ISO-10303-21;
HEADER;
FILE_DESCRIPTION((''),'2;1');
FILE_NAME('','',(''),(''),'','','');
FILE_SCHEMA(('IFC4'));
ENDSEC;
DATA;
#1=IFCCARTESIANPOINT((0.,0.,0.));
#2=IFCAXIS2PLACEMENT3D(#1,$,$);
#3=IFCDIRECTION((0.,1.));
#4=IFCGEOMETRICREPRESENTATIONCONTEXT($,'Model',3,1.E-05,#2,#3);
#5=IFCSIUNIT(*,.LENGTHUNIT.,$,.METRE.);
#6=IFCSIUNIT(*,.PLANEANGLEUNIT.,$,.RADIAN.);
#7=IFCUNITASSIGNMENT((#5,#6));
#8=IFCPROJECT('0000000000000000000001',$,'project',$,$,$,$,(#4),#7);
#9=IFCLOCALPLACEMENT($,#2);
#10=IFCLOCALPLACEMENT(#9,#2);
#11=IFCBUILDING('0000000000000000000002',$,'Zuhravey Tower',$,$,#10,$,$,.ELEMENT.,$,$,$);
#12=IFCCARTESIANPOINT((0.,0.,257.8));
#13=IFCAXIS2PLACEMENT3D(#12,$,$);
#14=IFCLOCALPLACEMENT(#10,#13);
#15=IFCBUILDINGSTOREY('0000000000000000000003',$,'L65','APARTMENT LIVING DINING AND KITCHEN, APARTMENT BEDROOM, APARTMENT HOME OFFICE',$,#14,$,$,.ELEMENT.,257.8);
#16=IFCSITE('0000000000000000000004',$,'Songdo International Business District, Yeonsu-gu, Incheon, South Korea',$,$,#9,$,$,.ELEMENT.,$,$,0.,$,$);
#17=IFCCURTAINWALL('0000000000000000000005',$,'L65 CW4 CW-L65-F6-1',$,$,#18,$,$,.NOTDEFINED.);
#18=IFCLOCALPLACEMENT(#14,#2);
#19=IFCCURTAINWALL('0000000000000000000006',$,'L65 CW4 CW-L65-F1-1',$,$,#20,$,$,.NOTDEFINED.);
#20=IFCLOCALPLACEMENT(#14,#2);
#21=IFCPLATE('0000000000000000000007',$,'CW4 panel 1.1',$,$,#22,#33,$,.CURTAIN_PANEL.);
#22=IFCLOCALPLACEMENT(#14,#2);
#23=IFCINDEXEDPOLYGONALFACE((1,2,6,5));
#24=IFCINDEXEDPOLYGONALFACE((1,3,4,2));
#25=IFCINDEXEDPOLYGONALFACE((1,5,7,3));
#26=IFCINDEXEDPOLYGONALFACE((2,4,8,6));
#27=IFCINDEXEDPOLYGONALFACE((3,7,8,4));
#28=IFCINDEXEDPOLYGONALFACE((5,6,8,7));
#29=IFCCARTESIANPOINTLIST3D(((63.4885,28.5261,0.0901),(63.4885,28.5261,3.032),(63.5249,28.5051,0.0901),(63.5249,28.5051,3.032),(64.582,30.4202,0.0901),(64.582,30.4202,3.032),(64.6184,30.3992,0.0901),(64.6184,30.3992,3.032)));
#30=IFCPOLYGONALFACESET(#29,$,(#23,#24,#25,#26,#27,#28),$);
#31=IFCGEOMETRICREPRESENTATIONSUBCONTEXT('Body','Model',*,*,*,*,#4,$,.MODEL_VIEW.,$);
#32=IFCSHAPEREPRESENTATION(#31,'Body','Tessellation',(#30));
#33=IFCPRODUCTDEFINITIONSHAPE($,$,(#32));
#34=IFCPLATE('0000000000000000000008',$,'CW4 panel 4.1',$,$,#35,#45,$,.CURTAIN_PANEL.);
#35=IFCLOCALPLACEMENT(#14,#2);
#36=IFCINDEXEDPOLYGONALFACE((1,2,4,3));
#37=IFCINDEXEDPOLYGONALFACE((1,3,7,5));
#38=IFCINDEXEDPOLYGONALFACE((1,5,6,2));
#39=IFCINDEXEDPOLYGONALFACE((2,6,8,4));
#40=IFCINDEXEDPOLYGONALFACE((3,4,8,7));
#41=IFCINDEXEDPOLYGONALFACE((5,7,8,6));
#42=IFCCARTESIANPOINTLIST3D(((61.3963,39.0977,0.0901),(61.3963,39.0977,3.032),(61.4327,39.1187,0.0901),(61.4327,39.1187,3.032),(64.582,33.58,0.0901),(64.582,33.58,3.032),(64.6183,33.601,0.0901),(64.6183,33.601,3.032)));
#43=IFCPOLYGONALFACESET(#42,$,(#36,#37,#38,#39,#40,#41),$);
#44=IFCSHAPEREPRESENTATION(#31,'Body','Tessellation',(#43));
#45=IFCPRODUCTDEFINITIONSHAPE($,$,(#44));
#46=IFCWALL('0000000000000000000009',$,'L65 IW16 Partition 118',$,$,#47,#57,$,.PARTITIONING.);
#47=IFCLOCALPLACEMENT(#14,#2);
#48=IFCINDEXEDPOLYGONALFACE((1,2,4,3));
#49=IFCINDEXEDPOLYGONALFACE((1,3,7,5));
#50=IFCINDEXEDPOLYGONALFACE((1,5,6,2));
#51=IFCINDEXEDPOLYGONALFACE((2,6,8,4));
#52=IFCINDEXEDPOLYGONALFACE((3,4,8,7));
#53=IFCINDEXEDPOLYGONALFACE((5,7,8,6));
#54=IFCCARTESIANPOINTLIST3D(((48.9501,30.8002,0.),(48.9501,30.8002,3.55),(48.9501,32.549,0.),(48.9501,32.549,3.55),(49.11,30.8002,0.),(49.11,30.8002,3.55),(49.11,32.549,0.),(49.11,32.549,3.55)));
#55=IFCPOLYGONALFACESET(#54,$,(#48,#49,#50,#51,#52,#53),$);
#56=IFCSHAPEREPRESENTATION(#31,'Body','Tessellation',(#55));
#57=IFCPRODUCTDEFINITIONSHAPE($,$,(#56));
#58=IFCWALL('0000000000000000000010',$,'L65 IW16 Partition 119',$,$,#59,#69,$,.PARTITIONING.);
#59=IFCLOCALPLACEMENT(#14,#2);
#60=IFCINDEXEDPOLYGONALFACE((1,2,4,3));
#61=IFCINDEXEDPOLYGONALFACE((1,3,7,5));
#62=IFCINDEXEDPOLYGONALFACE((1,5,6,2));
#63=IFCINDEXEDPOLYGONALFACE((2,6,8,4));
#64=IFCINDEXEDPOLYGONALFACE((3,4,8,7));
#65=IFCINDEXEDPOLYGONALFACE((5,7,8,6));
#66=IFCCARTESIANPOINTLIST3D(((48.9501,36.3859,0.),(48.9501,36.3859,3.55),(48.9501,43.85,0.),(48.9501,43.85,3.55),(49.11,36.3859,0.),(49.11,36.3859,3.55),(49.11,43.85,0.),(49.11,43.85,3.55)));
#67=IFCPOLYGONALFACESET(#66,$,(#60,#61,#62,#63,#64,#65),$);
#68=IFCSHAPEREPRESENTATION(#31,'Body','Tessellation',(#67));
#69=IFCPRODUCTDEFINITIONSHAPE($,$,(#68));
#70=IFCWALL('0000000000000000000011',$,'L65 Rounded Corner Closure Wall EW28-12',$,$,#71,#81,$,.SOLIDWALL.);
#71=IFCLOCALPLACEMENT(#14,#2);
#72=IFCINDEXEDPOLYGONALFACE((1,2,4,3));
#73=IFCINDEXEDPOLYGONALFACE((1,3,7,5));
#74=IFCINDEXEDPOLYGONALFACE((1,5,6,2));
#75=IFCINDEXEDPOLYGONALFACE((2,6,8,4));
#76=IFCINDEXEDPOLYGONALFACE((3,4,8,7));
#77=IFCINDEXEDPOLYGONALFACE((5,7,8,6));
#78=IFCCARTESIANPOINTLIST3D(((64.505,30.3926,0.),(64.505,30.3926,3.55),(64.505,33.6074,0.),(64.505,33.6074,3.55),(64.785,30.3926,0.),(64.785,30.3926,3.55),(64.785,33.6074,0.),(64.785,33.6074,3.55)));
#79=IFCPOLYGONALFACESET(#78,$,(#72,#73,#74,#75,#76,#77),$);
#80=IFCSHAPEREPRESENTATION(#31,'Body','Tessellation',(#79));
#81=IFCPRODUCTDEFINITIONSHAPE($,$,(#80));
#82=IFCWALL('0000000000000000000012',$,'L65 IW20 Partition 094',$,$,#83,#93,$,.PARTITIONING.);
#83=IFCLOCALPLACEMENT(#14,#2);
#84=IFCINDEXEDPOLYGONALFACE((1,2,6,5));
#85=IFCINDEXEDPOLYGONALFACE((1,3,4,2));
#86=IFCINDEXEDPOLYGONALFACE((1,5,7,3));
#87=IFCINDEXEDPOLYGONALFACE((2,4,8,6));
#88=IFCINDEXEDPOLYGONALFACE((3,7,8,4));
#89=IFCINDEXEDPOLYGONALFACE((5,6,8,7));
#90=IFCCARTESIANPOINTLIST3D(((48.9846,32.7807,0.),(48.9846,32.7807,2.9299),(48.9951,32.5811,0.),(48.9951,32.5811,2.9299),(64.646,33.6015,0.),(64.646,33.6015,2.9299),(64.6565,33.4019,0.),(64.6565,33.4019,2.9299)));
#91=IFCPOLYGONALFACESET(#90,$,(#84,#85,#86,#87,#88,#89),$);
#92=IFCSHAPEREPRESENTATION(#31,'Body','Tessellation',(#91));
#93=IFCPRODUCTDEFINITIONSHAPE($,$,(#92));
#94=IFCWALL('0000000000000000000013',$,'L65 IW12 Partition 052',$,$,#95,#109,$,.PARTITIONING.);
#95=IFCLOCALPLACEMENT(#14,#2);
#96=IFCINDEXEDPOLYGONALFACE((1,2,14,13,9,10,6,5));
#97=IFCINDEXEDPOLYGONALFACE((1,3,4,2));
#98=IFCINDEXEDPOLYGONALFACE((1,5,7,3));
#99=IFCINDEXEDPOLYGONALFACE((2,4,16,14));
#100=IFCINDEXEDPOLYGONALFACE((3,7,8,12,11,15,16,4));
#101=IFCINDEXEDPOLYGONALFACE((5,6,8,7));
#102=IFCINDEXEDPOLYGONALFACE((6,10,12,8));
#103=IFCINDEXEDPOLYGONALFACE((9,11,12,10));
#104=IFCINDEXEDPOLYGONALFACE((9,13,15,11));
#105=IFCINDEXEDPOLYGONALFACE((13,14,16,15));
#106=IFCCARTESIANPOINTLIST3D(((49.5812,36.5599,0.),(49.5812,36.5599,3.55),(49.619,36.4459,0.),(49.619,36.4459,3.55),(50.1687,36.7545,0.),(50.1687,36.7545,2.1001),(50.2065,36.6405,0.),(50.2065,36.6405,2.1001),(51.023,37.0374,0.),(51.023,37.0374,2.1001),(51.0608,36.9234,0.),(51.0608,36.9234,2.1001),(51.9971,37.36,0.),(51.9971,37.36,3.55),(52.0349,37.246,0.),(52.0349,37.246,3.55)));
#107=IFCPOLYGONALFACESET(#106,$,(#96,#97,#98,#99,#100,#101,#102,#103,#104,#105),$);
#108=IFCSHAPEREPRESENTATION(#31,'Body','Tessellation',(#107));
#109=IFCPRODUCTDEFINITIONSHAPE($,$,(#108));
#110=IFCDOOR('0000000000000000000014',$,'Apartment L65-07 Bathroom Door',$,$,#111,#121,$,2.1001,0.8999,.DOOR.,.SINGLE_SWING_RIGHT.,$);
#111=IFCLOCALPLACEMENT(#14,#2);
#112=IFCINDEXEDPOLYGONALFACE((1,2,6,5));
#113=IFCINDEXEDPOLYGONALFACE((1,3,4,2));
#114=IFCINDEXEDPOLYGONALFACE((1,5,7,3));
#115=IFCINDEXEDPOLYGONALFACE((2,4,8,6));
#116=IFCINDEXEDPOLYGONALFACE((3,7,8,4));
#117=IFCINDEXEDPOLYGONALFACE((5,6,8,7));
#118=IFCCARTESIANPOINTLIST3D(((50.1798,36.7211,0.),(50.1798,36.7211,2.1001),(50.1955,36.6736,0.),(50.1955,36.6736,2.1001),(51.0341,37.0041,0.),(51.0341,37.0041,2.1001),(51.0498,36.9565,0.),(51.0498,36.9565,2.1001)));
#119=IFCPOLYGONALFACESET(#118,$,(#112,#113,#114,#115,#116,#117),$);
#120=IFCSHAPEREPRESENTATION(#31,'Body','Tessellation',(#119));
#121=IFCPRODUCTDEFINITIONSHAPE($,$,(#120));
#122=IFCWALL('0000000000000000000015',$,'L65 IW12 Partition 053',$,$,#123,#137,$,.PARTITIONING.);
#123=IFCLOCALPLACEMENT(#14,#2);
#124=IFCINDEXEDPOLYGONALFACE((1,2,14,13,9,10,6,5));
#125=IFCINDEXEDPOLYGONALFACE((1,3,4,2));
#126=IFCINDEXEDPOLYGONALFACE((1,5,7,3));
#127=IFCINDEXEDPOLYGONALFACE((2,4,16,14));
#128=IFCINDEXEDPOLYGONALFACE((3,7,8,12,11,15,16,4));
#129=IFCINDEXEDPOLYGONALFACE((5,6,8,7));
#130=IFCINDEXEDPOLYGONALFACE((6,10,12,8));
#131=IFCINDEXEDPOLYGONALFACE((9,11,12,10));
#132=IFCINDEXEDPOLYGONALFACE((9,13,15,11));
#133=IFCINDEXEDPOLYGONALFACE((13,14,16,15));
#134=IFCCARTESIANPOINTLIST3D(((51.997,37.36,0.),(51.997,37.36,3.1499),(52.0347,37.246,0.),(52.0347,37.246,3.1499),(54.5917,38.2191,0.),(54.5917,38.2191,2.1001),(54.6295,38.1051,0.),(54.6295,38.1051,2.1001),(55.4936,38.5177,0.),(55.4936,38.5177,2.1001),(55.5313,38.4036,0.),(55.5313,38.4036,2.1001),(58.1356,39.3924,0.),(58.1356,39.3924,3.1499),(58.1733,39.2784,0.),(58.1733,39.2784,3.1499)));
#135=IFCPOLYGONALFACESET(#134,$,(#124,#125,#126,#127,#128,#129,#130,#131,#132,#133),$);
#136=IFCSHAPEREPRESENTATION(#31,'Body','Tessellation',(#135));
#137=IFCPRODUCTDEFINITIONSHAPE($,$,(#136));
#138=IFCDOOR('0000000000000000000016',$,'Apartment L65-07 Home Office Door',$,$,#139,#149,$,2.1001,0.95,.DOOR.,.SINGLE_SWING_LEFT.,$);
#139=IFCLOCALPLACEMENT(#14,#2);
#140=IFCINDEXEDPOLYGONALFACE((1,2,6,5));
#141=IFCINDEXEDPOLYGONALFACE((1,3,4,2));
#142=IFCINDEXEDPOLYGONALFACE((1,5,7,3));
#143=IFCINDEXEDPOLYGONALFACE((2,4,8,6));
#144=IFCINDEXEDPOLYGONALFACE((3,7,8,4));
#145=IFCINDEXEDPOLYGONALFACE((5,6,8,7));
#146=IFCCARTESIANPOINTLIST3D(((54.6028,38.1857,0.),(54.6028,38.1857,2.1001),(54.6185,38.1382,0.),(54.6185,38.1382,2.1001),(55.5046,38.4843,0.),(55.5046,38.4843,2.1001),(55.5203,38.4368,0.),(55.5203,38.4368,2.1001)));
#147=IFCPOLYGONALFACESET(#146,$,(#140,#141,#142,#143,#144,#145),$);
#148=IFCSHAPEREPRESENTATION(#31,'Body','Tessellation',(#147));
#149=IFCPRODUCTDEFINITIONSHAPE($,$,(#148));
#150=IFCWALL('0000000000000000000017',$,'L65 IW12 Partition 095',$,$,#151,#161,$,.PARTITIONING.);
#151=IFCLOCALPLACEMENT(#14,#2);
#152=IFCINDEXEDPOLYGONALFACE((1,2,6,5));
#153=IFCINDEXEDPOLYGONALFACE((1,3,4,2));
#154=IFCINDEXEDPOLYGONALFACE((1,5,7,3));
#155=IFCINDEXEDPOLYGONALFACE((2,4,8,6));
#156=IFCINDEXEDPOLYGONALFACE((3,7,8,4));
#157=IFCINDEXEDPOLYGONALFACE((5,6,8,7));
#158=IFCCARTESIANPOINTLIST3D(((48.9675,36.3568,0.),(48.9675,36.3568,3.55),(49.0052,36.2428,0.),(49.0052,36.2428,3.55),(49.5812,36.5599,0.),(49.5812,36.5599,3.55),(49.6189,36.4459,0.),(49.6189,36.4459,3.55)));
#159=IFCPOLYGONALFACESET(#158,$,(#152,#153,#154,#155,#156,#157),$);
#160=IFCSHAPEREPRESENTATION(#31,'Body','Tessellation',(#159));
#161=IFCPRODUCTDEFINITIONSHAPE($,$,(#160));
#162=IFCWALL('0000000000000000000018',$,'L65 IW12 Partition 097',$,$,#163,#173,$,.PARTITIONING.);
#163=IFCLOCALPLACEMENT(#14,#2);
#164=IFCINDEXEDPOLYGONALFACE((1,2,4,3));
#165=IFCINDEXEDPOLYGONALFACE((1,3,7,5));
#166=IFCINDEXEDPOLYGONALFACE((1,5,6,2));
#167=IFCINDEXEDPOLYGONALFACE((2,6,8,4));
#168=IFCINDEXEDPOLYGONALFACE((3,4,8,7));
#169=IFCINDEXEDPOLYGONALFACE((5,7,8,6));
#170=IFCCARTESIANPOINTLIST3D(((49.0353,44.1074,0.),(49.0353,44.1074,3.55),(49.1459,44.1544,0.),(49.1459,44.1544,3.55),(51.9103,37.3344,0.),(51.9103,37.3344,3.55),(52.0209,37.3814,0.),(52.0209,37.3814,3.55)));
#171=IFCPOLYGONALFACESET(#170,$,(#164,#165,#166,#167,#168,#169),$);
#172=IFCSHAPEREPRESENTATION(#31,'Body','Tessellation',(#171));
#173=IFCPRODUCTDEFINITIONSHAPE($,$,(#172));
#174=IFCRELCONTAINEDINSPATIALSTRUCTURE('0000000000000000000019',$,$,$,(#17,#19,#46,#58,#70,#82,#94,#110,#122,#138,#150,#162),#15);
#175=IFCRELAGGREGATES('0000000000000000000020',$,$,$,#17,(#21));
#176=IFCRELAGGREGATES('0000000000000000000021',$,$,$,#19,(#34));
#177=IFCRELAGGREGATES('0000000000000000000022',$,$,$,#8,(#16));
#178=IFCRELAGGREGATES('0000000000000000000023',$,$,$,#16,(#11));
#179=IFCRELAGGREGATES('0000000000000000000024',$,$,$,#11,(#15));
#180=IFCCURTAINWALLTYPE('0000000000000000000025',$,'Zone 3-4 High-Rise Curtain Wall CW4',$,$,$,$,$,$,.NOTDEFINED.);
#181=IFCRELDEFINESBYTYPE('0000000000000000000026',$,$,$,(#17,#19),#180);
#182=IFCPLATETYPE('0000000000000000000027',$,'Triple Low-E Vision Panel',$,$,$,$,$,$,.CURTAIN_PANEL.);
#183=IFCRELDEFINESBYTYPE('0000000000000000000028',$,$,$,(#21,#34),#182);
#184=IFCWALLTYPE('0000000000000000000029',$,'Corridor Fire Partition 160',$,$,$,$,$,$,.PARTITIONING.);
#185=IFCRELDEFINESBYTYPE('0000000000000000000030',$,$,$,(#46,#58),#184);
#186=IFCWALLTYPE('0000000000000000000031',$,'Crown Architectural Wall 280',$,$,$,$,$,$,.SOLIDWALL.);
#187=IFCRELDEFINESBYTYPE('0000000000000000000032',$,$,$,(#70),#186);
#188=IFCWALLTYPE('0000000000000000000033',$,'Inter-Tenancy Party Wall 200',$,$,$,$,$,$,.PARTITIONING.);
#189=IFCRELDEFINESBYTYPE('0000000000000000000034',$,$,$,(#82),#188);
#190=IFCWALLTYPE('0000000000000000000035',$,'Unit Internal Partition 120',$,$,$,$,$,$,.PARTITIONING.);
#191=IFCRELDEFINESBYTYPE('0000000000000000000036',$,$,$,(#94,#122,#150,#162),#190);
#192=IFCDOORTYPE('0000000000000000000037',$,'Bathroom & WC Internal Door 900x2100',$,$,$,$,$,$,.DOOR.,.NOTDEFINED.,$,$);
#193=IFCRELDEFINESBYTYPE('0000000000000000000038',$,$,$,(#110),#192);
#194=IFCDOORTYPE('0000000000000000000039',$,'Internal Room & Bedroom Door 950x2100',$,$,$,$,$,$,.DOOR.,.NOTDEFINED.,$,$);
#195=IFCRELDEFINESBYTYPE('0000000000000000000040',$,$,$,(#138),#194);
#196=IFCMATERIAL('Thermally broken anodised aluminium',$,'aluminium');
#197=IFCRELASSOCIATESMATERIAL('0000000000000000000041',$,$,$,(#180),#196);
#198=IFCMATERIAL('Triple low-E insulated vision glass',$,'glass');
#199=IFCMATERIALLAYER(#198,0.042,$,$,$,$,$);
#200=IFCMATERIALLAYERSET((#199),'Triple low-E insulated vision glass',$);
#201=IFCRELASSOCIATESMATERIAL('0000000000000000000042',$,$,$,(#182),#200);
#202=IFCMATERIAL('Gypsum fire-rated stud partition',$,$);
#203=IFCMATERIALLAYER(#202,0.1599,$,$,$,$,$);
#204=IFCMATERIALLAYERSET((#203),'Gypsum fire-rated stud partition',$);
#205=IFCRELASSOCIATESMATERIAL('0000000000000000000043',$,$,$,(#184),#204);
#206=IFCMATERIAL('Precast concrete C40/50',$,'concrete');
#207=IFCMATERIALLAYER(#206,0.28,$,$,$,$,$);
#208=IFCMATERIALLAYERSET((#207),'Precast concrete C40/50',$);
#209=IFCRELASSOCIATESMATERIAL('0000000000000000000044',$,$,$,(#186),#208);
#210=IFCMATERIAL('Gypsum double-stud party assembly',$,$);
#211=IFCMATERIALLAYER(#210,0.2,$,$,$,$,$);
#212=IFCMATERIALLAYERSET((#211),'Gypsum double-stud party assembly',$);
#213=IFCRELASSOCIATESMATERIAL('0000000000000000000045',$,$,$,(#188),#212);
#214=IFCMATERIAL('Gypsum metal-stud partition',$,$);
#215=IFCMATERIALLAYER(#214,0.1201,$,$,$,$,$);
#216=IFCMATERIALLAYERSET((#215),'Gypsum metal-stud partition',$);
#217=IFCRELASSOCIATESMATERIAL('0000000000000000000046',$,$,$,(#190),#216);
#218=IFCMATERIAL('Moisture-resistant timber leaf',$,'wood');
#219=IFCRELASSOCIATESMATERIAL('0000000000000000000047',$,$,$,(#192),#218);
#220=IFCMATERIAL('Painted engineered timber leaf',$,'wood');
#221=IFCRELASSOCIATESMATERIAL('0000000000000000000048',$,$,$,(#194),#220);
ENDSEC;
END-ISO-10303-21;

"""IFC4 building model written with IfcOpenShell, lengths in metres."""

from ifc_helpers import new_model, si_unit, direction, frame, frame_2d, origin, origin_2d, place, context, subcontext, project, spatial, rectangle, extrude, material, layer, layer_set, type_object, element, fill, aggregate, save


model = new_model("IFC4")

# Units and contexts
model_context = context("Model", 3, precision=1e-05, world=origin(), true_north=direction((0.0, 1.0)))
body_context = subcontext(model_context, "Body", "Model", "MODEL_VIEW")
ifc_project = project(units=[si_unit("LENGTHUNIT", "METRE"), si_unit("PLANEANGLEUNIT", "RADIAN")], contexts=[model_context])

# Site, building, storey
site_placement = place(None, origin())
site = spatial("IfcSite", under=ifc_project, at=site_placement, Name="Songdo International Business District, Yeonsu-gu, Incheon, South Korea", CompositionType="ELEMENT", RefElevation=0.0)
building_placement = place(site_placement, origin())
building = spatial("IfcBuilding", under=site, at=building_placement, Name="Zuhravey Tower", CompositionType="ELEMENT")
storey_placement = place(building_placement, frame((0.0, 0.0, 257.8)))
storey = spatial("IfcBuildingStorey", under=building, at=storey_placement, Name="L65", Description="APARTMENT LIVING DINING AND KITCHEN, APARTMENT BEDROOM, APARTMENT HOME OFFICE", CompositionType="ELEMENT", Elevation=257.8)

# Curtain walls
ifc_material_1 = material(Name="Thermally broken anodised aluminium", Category="aluminium")
curtain_wall_type = type_object("IfcCurtainWallType", Name="Zone 3-4 High-Rise Curtain Wall CW4", PredefinedType="NOTDEFINED", material=ifc_material_1)
curtain_wall_1_placement = place(storey_placement, origin())
curtain_wall_1 = element("IfcCurtainWall", 1, at=curtain_wall_1_placement, inside=storey, type_object=curtain_wall_type, Name="L65 CW4 CW-L65-F6-1", PredefinedType="NOTDEFINED")
curtain_wall_2_placement = place(storey_placement, origin())
curtain_wall_2 = element("IfcCurtainWall", 2, at=curtain_wall_2_placement, inside=storey, type_object=curtain_wall_type, Name="L65 CW4 CW-L65-F1-1", PredefinedType="NOTDEFINED")

# Plates
ifc_material_2 = material(Name="Triple low-E insulated vision glass", Category="glass")
ifc_layer_1 = layer(ifc_material_2, 0.042)
ifc_layer_set_1 = layer_set([ifc_layer_1], Name="Triple low-E insulated vision glass")
plate_type = type_object("IfcPlateType", Name="Triple Low-E Vision Panel", PredefinedType="CURTAIN_PANEL", material=ifc_layer_set_1)
plate_1_placement = place(storey_placement, frame((64.0535, 29.4626, 0.0901), z_axis=(0.0, 0.0, 1.0), x_axis=(-0.499997, -0.866027, 0.0)))
plate_1 = element("IfcPlate", 3, at=plate_1_placement, type_object=plate_type, Name="CW4 panel 1.1", PredefinedType="CURTAIN_PANEL", context=body_context, shape_type="SweptSolid", body=[
    extrude(rectangle(XDim=2.187, YDim=0.042, at=origin_2d()), origin(), (0.0, 0.0, 1.0), 2.9419),
])
aggregate(curtain_wall_1, [plate_1])
plate_2_placement = place(storey_placement, frame((63.0073, 36.3494, 0.0901), z_axis=(0.0, 0.0, 1.0), x_axis=(0.500001, -0.866025, 0.0)))
plate_2 = element("IfcPlate", 4, at=plate_2_placement, type_object=plate_type, Name="CW4 panel 4.1", PredefinedType="CURTAIN_PANEL", context=body_context, shape_type="SweptSolid", body=[
    extrude(rectangle(XDim=6.3713, YDim=0.042, at=origin_2d()), origin(), (0.0, 0.0, 1.0), 2.9419),
])
aggregate(curtain_wall_2, [plate_2])

# Shared definitions
ifc_material_3 = material(Name="Gypsum fire-rated stud partition")
ifc_layer_2 = layer(ifc_material_3, 0.1599)
ifc_layer_set_2 = layer_set([ifc_layer_2], Name="Gypsum fire-rated stud partition")
wall_type_1 = type_object("IfcWallType", Name="Corridor Fire Partition 160", PredefinedType="PARTITIONING", material=ifc_layer_set_2)

# Walls
wall_1_placement = place(storey_placement, frame((49.03, 30.8, 0.0), z_axis=(0.0, 0.0, 1.0), x_axis=(0.0, 1.0, 0.0)))
element("IfcWall", 5, at=wall_1_placement, inside=storey, type_object=wall_type_1, Name="L65 IW16 Partition 118", PredefinedType="PARTITIONING", context=body_context, shape_type="SweptSolid", body=[
    extrude(rectangle(XDim=1.7488, YDim=0.1599, at=frame_2d((0.8745, 0.0))), origin(), (0.0, 0.0, 1.0), 3.55),
])
wall_2_placement = place(storey_placement, frame((49.03, 36.386, 0.0), z_axis=(0.0, 0.0, 1.0), x_axis=(0.0, 1.0, 0.0)))
element("IfcWall", 6, at=wall_2_placement, inside=storey, type_object=wall_type_1, Name="L65 IW16 Partition 119", PredefinedType="PARTITIONING", context=body_context, shape_type="SweptSolid", body=[
    extrude(rectangle(XDim=7.4641, YDim=0.1599, at=frame_2d((3.7319, 0.0))), origin(), (0.0, 0.0, 1.0), 3.55),
])
ifc_material_4 = material(Name="Precast concrete C40/50", Category="concrete")
ifc_layer_3 = layer(ifc_material_4, 0.28)
ifc_layer_set_3 = layer_set([ifc_layer_3], Name="Precast concrete C40/50")
wall_type_2 = type_object("IfcWallType", Name="Crown Architectural Wall 280", PredefinedType="SOLIDWALL", material=ifc_layer_set_3)
wall_3_placement = place(storey_placement, frame((64.645, 33.6074, 0.0), z_axis=(0.0, 0.0, 1.0), x_axis=(0.0, -1.0, 0.0)))
element("IfcWall", 7, at=wall_3_placement, inside=storey, type_object=wall_type_2, Name="L65 Rounded Corner Closure Wall EW28-12", PredefinedType="SOLIDWALL", context=body_context, shape_type="SweptSolid", body=[
    extrude(rectangle(XDim=3.2148, YDim=0.28, at=frame_2d((1.6074, 0.0))), origin(), (0.0, 0.0, 1.0), 3.55),
])
ifc_material_5 = material(Name="Gypsum double-stud party assembly")
ifc_layer_4 = layer(ifc_material_5, 0.2)
ifc_layer_set_4 = layer_set([ifc_layer_4], Name="Gypsum double-stud party assembly")
wall_type_3 = type_object("IfcWallType", Name="Inter-Tenancy Party Wall 200", PredefinedType="PARTITIONING", material=ifc_layer_set_4)
wall_4_placement = place(storey_placement, frame((48.99, 32.6809, 0.0), z_axis=(0.0, 0.0, 1.0), x_axis=(0.998629, 0.052337, 0.0)))
element("IfcWall", 8, at=wall_4_placement, inside=storey, type_object=wall_type_3, Name="L65 IW20 Partition 094", PredefinedType="PARTITIONING", context=body_context, shape_type="SweptSolid", body=[
    extrude(rectangle(XDim=15.6829, YDim=0.2, at=frame_2d((7.8413, 0.0))), origin(), (0.0, 0.0, 1.0), 2.9299),
])

# Walls, openings, doors
ifc_material_6 = material(Name="Gypsum metal-stud partition")
ifc_layer_5 = layer(ifc_material_6, 0.1201)
ifc_layer_set_5 = layer_set([ifc_layer_5], Name="Gypsum metal-stud partition")
wall_type_4 = type_object("IfcWallType", Name="Unit Internal Partition 120", PredefinedType="PARTITIONING", material=ifc_layer_set_5)
wall_5_placement = place(storey_placement, frame((49.6001, 36.5029, 0.0), z_axis=(0.0, 0.0, 1.0), x_axis=(0.949296, 0.314385, 0.0)))
wall_5 = element("IfcWall", 9, at=wall_5_placement, inside=storey, type_object=wall_type_4, Name="L65 IW12 Partition 052", PredefinedType="PARTITIONING", context=body_context, shape_type="SweptSolid", body=[
    extrude(rectangle(XDim=2.5449, YDim=0.1201, at=frame_2d((1.2725, 0.0))), origin(), (0.0, 0.0, 1.0), 3.55),
])
opening_1_placement = place(wall_5_placement, frame((0.6189, 0.0, 0.0)))
opening_1 = element("IfcOpeningElement", 10, at=opening_1_placement, cuts=wall_5, PredefinedType="OPENING", context=body_context, shape_type="SweptSolid", body=[
    extrude(rectangle(XDim=0.8999, YDim=2.1001, at=frame_2d((0.45, 1.05))), frame((0.0, 0.072, 0.0), z_axis=(0.0, -1.0, 0.0), x_axis=(1.0, 0.0, 0.0)), (0.0, 0.0, 1.0), 0.144),
])
ifc_material_7 = material(Name="Moisture-resistant timber leaf", Category="wood")
door_type_1 = type_object("IfcDoorType", Name="Bathroom & WC Internal Door 900x2100", OperationType="NOTDEFINED", PredefinedType="DOOR", material=ifc_material_7)
door_1_placement = place(opening_1_placement, origin())
door_1 = element("IfcDoor", 11, at=door_1_placement, inside=storey, type_object=door_type_1, Name="Apartment L65-07 Bathroom Door", OperationType="SINGLE_SWING_RIGHT", OverallHeight=2.1001, OverallWidth=0.8999, PredefinedType="DOOR", context=body_context, shape_type="SweptSolid", body=[
    extrude(rectangle(XDim=0.8999, YDim=2.1001, at=frame_2d((0.45, 1.05))), frame((0.0, 0.0249, 0.0), z_axis=(0.0, -1.0, 0.0), x_axis=(1.0, 0.0, 0.0)), (0.0, 0.0, 1.0), 0.05),
])
fill(opening_1, door_1)
wall_6_placement = place(storey_placement, frame((52.0159, 37.303, 0.0), z_axis=(0.0, 0.0, 1.0), x_axis=(0.949319, 0.314313, 0.0)))
wall_6 = element("IfcWall", 12, at=wall_6_placement, inside=storey, type_object=wall_type_4, Name="L65 IW12 Partition 053", PredefinedType="PARTITIONING", context=body_context, shape_type="SweptSolid", body=[
    extrude(rectangle(XDim=6.4663, YDim=0.1201, at=frame_2d((3.2332, 0.0))), origin(), (0.0, 0.0, 1.0), 3.1499),
])
opening_2_placement = place(wall_6_placement, frame((2.7332, 0.0, 0.0)))
opening_2 = element("IfcOpeningElement", 13, at=opening_2_placement, cuts=wall_6, PredefinedType="OPENING", context=body_context, shape_type="SweptSolid", body=[
    extrude(rectangle(XDim=0.95, YDim=2.1001, at=frame_2d((0.4751, 1.05))), frame((0.0, 0.072, 0.0), z_axis=(0.0, -1.0, 0.0), x_axis=(1.0, 0.0, 0.0)), (0.0, 0.0, 1.0), 0.144),
])
ifc_material_8 = material(Name="Painted engineered timber leaf", Category="wood")
door_type_2 = type_object("IfcDoorType", Name="Internal Room & Bedroom Door 950x2100", OperationType="NOTDEFINED", PredefinedType="DOOR", material=ifc_material_8)
door_2_placement = place(opening_2_placement, origin())
door_2 = element("IfcDoor", 14, at=door_2_placement, inside=storey, type_object=door_type_2, Name="Apartment L65-07 Home Office Door", OperationType="SINGLE_SWING_LEFT", OverallHeight=2.1001, OverallWidth=0.95, PredefinedType="DOOR", context=body_context, shape_type="SweptSolid", body=[
    extrude(rectangle(XDim=0.95, YDim=2.1001, at=frame_2d((0.4751, 1.05))), frame((0.0, 0.0249, 0.0), z_axis=(0.0, -1.0, 0.0), x_axis=(1.0, 0.0, 0.0)), (0.0, 0.0, 1.0), 0.05),
])
fill(opening_2, door_2)

# Walls
wall_7_placement = place(storey_placement, frame((48.9863, 36.2998, 0.0), z_axis=(0.0, 0.0, 1.0), x_axis=(0.949361, 0.314188, 0.0)))
element("IfcWall", 15, at=wall_7_placement, inside=storey, type_object=wall_type_4, Name="L65 IW12 Partition 095", PredefinedType="PARTITIONING", context=body_context, shape_type="SweptSolid", body=[
    extrude(rectangle(XDim=0.6465, YDim=0.1201, at=frame_2d((0.3232, 0.0))), origin(), (0.0, 0.0, 1.0), 3.55),
])
wall_8_placement = place(storey_placement, frame((51.9656, 37.3579, 0.0), z_axis=(0.0, 0.0, 1.0), x_axis=(-0.390737, 0.920502, 0.0)))
element("IfcWall", 16, at=wall_8_placement, inside=storey, type_object=wall_type_4, Name="L65 IW12 Partition 097", PredefinedType="PARTITIONING", context=body_context, shape_type="SweptSolid", body=[
    extrude(rectangle(XDim=7.3579, YDim=0.1201, at=frame_2d((3.679, 0.0))), origin(), (0.0, 0.0, 1.0), 3.55),
])

save(model, "model.ifc")
